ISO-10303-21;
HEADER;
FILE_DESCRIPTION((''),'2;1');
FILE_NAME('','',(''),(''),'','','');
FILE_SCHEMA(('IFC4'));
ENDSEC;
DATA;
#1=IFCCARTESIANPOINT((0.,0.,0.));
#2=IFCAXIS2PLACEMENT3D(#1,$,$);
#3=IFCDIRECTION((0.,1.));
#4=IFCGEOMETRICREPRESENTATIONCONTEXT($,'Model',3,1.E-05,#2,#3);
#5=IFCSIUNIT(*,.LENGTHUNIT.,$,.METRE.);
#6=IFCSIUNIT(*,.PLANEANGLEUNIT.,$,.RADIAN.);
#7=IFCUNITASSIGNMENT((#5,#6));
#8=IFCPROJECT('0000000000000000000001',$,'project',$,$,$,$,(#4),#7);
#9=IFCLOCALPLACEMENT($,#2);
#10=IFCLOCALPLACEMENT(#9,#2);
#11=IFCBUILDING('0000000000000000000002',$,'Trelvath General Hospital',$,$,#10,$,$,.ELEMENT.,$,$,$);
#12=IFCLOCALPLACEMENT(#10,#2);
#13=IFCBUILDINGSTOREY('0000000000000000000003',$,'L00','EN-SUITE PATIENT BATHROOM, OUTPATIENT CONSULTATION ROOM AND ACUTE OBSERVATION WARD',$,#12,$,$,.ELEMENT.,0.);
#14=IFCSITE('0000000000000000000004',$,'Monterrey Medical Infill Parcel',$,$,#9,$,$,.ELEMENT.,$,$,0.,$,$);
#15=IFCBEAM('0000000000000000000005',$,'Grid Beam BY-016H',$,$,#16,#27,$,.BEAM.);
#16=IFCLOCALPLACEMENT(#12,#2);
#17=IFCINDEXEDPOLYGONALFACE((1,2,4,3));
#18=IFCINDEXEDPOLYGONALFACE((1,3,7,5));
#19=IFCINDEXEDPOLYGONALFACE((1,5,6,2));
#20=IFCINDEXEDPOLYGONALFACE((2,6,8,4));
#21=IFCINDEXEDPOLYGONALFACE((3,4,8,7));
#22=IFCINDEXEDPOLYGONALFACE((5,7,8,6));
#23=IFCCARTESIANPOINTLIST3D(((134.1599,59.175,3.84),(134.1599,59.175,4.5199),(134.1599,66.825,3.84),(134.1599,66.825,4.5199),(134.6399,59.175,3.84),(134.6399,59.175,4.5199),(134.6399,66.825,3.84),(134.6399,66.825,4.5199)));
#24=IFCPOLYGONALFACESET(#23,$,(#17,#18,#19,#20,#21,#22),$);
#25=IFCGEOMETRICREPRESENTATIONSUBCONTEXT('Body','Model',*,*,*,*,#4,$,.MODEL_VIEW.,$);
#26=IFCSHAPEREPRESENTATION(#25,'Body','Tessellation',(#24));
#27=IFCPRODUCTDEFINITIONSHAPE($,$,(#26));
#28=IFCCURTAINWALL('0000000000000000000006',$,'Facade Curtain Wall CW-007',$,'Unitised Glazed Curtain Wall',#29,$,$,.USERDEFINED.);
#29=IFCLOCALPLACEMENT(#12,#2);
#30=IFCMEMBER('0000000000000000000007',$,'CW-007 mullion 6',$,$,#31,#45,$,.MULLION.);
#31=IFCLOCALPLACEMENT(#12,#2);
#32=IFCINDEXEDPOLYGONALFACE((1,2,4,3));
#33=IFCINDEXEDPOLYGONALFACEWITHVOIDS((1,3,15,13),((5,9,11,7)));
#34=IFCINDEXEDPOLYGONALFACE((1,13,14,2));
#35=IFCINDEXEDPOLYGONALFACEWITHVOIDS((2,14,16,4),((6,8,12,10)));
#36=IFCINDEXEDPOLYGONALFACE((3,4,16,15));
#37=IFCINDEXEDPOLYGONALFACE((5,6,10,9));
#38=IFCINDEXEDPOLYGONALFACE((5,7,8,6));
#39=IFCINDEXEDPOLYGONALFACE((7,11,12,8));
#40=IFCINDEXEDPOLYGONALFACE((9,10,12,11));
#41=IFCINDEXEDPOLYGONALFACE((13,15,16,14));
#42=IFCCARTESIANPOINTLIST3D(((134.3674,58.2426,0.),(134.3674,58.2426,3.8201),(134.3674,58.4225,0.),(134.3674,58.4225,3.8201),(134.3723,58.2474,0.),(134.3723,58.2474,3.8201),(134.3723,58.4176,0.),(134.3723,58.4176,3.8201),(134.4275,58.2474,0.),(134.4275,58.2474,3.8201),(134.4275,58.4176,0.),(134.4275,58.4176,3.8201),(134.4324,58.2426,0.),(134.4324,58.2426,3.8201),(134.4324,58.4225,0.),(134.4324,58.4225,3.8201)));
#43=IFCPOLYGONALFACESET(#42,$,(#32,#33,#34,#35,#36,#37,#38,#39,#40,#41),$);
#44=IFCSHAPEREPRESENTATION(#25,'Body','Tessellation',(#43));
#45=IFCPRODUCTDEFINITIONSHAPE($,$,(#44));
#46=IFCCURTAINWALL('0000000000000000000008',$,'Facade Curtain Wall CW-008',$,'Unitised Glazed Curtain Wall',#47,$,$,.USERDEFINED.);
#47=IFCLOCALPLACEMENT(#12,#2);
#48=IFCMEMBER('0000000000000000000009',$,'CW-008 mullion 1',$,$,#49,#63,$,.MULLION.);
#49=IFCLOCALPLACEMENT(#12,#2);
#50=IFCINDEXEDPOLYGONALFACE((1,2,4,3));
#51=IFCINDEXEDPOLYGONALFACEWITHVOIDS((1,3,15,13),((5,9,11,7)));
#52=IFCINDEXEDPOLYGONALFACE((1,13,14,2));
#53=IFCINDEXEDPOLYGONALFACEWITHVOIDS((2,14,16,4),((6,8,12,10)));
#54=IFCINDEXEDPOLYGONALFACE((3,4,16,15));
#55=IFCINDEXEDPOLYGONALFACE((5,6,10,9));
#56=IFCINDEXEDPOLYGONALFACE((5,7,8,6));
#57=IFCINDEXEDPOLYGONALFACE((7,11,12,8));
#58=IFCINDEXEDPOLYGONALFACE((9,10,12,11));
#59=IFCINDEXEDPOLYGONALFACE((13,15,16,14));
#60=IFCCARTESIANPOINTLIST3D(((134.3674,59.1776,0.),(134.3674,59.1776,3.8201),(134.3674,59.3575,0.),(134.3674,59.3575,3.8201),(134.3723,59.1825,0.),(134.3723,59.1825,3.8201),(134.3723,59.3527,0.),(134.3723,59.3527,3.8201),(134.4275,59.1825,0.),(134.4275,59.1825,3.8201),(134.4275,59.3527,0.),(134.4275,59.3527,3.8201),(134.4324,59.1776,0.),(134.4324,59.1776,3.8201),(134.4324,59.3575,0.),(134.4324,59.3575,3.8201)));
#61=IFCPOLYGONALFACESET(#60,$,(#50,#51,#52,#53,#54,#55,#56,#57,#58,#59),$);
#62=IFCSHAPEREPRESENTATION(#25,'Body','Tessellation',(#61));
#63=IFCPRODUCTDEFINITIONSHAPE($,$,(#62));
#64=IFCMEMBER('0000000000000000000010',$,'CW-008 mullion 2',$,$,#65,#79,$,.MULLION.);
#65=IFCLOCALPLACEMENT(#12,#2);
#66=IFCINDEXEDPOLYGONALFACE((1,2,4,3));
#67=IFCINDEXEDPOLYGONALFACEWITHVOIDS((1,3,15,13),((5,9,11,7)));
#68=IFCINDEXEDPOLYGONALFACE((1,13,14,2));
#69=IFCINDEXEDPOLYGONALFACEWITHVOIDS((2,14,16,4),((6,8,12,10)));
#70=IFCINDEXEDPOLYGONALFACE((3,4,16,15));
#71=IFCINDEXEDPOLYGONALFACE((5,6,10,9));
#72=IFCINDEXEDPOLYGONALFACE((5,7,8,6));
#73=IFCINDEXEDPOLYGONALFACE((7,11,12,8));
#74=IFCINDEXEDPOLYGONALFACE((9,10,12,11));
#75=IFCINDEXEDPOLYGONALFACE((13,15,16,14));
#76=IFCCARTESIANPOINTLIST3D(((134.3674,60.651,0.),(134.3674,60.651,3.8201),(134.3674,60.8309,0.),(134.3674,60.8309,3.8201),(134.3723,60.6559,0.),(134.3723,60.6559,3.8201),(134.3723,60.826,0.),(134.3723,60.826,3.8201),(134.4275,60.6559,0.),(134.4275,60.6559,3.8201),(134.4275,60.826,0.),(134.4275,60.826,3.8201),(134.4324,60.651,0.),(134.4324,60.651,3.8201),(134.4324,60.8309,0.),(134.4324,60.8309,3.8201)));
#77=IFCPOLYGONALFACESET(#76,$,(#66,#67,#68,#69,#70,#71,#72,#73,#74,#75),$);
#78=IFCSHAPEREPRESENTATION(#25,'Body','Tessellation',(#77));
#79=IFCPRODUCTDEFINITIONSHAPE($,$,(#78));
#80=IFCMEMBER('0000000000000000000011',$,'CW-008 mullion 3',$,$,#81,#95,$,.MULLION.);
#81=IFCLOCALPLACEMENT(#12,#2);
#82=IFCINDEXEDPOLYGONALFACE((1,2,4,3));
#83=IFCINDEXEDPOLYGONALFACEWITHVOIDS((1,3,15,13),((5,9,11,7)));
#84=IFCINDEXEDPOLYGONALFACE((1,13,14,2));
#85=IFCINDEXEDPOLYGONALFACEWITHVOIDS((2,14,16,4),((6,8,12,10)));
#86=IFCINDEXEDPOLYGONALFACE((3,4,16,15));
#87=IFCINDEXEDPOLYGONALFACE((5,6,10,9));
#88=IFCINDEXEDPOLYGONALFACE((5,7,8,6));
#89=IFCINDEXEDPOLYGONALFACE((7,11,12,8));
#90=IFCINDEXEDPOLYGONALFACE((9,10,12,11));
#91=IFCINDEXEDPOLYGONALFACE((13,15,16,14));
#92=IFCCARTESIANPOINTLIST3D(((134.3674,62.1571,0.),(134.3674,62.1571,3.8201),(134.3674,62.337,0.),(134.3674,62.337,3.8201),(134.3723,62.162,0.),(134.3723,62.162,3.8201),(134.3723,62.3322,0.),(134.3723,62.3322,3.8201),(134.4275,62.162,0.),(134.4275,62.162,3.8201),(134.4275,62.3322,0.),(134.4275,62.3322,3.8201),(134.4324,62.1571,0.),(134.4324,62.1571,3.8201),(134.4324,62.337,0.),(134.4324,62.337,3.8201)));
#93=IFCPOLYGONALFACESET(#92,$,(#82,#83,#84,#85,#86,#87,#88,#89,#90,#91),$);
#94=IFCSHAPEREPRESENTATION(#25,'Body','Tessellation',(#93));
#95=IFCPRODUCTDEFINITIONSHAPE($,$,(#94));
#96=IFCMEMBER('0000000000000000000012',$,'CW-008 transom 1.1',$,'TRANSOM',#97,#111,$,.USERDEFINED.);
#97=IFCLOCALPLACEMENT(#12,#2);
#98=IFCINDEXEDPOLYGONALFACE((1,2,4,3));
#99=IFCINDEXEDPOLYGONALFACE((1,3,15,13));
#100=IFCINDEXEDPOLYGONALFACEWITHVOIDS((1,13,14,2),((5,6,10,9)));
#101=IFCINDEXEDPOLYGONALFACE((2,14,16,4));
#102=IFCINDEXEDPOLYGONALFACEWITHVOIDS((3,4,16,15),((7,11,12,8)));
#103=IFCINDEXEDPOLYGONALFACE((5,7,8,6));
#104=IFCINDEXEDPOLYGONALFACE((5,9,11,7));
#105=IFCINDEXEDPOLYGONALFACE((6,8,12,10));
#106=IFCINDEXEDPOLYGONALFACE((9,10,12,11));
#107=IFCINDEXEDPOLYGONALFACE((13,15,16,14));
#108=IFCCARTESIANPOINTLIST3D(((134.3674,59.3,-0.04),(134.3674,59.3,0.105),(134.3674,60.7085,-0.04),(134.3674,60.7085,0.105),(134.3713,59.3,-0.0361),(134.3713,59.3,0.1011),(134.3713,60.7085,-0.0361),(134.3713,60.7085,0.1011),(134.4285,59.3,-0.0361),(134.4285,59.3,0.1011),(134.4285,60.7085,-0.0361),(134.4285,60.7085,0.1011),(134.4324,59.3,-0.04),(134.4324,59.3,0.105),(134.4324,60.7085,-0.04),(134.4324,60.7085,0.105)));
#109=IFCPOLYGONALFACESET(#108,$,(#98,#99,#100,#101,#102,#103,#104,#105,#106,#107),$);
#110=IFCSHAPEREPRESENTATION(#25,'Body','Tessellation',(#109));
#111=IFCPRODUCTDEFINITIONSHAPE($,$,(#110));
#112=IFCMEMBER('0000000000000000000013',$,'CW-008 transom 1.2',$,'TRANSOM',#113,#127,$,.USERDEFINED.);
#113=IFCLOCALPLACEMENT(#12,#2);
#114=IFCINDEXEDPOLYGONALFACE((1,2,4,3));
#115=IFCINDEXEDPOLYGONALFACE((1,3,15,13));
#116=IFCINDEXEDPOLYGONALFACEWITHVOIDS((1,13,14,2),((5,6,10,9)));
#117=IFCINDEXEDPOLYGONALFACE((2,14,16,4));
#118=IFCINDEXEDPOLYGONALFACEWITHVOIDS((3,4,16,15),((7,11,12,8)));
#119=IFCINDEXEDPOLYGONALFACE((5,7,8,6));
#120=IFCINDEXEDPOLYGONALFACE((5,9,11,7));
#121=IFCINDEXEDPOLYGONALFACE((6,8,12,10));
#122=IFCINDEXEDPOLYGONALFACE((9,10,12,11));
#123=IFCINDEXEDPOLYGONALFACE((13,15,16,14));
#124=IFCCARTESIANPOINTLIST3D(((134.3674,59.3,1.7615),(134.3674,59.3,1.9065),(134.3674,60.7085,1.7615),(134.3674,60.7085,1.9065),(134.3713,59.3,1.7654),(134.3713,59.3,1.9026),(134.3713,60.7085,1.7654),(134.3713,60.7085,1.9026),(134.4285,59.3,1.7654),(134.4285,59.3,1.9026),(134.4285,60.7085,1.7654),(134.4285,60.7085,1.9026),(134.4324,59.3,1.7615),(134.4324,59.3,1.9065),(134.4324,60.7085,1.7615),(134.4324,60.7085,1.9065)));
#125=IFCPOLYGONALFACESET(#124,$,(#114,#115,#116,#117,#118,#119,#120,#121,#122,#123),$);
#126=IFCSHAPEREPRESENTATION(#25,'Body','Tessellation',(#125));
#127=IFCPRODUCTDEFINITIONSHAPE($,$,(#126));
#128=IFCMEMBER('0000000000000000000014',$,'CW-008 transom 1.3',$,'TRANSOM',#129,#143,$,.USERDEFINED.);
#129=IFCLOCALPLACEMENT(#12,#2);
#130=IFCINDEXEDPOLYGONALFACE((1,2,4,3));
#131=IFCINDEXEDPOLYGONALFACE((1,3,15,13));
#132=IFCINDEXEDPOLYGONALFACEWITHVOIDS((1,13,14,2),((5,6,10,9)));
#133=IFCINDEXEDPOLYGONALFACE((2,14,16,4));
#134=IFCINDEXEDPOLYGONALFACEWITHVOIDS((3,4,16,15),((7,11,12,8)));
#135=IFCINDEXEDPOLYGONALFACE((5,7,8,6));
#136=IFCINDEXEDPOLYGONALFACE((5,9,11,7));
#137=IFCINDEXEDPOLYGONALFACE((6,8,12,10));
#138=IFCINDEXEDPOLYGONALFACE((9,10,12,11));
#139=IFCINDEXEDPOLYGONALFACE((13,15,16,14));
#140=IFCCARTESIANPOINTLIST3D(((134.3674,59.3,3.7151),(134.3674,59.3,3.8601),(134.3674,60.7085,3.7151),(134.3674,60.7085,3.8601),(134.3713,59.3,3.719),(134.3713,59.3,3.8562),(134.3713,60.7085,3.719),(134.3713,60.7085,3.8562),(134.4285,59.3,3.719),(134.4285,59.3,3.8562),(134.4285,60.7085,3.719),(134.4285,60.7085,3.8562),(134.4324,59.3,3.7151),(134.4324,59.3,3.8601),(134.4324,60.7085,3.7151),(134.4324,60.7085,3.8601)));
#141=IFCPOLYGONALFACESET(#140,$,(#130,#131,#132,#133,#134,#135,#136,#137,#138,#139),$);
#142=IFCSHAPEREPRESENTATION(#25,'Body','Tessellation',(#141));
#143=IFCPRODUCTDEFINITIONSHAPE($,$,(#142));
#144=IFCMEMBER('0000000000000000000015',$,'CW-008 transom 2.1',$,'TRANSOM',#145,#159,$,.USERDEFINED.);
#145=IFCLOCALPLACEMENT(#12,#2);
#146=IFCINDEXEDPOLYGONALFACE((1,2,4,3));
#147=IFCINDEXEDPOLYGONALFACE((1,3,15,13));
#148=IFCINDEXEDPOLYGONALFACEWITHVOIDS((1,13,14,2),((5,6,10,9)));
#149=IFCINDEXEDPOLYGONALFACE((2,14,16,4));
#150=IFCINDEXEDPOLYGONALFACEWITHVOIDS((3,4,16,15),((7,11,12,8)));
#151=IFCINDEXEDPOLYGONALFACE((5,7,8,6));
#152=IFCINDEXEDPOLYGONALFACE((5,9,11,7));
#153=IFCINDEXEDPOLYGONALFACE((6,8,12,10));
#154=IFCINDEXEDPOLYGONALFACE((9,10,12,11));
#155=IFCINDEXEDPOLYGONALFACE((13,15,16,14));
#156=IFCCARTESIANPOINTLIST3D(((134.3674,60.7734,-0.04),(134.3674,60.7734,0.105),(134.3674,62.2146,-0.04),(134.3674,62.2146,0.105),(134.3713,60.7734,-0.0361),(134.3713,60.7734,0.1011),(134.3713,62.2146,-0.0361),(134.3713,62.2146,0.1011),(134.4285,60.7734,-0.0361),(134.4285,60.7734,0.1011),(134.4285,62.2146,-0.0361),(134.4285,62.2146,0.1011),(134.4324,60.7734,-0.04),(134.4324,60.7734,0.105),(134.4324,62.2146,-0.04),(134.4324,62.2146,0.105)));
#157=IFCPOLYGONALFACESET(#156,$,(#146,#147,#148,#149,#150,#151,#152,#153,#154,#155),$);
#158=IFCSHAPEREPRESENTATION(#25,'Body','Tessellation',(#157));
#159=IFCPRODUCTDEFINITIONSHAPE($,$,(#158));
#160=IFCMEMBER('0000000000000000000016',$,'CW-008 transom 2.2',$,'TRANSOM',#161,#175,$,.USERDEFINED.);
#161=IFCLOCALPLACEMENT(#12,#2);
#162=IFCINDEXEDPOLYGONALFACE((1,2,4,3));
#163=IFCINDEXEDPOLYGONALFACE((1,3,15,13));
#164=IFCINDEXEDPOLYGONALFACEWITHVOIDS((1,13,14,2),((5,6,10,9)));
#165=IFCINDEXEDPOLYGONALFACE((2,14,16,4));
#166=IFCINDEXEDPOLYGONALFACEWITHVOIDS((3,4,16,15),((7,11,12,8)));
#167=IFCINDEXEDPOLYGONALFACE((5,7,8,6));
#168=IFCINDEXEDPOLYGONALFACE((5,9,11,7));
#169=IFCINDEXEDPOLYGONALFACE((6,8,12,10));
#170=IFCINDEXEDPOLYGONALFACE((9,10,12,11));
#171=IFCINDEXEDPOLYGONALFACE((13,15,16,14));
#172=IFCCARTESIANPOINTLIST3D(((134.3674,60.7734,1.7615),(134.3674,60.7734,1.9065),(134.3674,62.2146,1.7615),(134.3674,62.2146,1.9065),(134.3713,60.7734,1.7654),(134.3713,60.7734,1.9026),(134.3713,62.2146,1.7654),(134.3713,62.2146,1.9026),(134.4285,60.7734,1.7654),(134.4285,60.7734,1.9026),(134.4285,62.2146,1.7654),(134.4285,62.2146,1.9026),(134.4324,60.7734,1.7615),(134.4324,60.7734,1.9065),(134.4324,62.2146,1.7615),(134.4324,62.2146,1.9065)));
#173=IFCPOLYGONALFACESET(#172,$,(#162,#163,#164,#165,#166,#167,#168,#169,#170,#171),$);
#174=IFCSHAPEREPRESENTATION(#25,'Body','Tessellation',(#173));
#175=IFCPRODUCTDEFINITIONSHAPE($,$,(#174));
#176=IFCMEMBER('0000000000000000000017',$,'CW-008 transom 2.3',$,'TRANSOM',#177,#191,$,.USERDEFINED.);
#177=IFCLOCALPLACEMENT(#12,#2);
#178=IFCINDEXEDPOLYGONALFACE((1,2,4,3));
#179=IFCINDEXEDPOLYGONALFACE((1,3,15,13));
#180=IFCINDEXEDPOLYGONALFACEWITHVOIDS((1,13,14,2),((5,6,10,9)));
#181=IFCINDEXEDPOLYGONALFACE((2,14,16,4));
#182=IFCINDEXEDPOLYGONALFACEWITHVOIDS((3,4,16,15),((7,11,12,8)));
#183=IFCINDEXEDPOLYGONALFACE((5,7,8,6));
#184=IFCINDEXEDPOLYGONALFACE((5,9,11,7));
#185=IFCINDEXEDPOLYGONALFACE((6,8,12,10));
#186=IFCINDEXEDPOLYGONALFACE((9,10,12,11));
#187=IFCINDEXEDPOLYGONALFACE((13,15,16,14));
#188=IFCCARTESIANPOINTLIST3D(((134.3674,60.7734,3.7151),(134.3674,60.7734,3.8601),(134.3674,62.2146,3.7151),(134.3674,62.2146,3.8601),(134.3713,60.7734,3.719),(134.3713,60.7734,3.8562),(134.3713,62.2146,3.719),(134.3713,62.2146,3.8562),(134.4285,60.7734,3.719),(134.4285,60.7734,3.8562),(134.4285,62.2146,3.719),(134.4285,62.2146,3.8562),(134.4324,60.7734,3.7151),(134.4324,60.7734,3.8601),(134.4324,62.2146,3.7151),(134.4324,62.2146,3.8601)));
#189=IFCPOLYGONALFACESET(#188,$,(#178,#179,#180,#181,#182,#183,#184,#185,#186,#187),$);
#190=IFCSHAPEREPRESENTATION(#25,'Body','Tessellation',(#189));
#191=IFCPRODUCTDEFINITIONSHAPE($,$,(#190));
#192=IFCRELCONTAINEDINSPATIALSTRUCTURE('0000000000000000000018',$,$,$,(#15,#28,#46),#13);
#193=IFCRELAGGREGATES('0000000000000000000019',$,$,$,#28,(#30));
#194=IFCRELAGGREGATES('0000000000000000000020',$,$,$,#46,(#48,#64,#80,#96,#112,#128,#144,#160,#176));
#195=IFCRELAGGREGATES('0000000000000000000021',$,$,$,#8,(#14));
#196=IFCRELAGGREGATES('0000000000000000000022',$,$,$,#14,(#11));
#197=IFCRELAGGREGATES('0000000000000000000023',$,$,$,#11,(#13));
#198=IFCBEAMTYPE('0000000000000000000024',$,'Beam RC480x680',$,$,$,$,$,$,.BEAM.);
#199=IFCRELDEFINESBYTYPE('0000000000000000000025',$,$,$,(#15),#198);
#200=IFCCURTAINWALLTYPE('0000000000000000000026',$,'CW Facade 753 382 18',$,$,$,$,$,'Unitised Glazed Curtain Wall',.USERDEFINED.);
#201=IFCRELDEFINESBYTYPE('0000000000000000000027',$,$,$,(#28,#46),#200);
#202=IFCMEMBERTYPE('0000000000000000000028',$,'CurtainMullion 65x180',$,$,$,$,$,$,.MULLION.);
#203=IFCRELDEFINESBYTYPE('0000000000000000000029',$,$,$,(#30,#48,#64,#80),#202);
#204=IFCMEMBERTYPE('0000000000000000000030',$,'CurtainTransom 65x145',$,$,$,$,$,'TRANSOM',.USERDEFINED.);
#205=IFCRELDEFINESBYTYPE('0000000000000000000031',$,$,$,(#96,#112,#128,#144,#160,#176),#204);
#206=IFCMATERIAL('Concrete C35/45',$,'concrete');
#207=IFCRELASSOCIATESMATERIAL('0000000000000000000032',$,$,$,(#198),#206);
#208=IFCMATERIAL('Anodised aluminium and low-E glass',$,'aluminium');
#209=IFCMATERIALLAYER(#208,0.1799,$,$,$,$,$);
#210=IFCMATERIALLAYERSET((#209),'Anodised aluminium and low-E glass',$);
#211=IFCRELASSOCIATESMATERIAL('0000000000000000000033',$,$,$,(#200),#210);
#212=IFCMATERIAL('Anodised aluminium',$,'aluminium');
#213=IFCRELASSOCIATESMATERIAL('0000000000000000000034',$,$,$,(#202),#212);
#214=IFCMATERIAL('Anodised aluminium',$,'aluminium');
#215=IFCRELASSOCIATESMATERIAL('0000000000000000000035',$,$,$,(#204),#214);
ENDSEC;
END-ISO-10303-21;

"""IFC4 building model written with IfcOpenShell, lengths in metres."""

from ifc_helpers import new_model, si_unit, direction, frame, origin, origin_2d, place, context, subcontext, project, spatial, rectangle, hollow_rectangle, extrude, material, layer, layer_set, material_profile, profile_set, type_object, element, aggregate, save


model = new_model("IFC4")

# Units and contexts
model_context = context("Model", 3, precision=1e-05, world=origin(), true_north=direction((0.0, 1.0)))
body_context = subcontext(model_context, "Body", "Model", "MODEL_VIEW")
ifc_project = project(units=[si_unit("LENGTHUNIT", "METRE"), si_unit("PLANEANGLEUNIT", "RADIAN")], contexts=[model_context])

# Site, building, storey
site_placement = place(None, origin())
site = spatial("IfcSite", under=ifc_project, at=site_placement, Name="Monterrey Medical Infill Parcel", CompositionType="ELEMENT", RefElevation=0.0)
building_placement = place(site_placement, origin())
building = spatial("IfcBuilding", under=site, at=building_placement, Name="Trelvath General Hospital", CompositionType="ELEMENT")
storey_placement = place(building_placement, origin())
storey = spatial("IfcBuildingStorey", under=building, at=storey_placement, Name="L00", Description="EN-SUITE PATIENT BATHROOM, OUTPATIENT CONSULTATION ROOM AND ACUTE OBSERVATION WARD", CompositionType="ELEMENT", Elevation=0.0)

# Beam
ifc_material_1 = material(Name="Concrete C35/45", Category="concrete")
ifc_material_profile_1 = material_profile(ifc_material_1, rectangle(XDim=0.48, YDim=0.6799, at=origin_2d()), Name="RCB480x680")
ifc_profile_set_1 = profile_set([ifc_material_profile_1], Name="Concrete C35/45")
beam_type_1 = type_object("IfcBeamType", Name="Beam RC480x680", PredefinedType="BEAM", material=ifc_profile_set_1)
beam_1_placement = place(storey_placement, frame((134.3999, 59.175, 4.1799), z_axis=(0.0, 1.0, 0.0), x_axis=(-1.0, 0.0, 0.0)))
element("IfcBeam", 1, at=beam_1_placement, inside=storey, type_object=beam_type_1, Name="Grid Beam BY-016H", PredefinedType="BEAM", context=body_context, shape_type="SweptSolid", body=[
    extrude(rectangle(XDim=0.48, YDim=0.6799, at=origin_2d()), origin(), (0.0, 0.0, 1.0), 7.6499),
])

# Curtain wall, member
ifc_material_2 = material(Name="Anodised aluminium and low-E glass", Category="aluminium")
ifc_layer_1 = layer(ifc_material_2, 0.1799)
ifc_layer_set_1 = layer_set([ifc_layer_1], Name="Anodised aluminium and low-E glass")
curtain_wall_type = type_object("IfcCurtainWallType", Name="CW Facade 753 382 18", ElementType="Unitised Glazed Curtain Wall", PredefinedType="USERDEFINED", material=ifc_layer_set_1)
curtain_wall_1_placement = place(storey_placement, origin())
curtain_wall_1 = element("IfcCurtainWall", 2, at=curtain_wall_1_placement, inside=storey, type_object=curtain_wall_type, Name="Facade Curtain Wall CW-007", ObjectType="Unitised Glazed Curtain Wall", PredefinedType="USERDEFINED")
ifc_material_3 = material(Name="Anodised aluminium", Category="aluminium")
ifc_material_profile_2 = material_profile(ifc_material_3, hollow_rectangle(XDim=0.0649, YDim=0.1799, WallThickness=0.0049, at=origin_2d()), Name="RHS65x180x5")
ifc_profile_set_2 = profile_set([ifc_material_profile_2], Name="Anodised aluminium")
member_type_1 = type_object("IfcMemberType", Name="CurtainMullion 65x180", PredefinedType="MULLION", material=ifc_profile_set_2)
member_1_placement = place(storey_placement, frame((134.3999, 58.3325, 0.0), z_axis=(0.0, 0.0, 1.0), x_axis=(-1.0, 0.0, 0.0)))
member_1 = element("IfcMember", 3, at=member_1_placement, type_object=member_type_1, Name="CW-007 mullion 6", PredefinedType="MULLION", context=body_context, shape_type="SweptSolid", body=[
    extrude(hollow_rectangle(XDim=0.0649, YDim=0.1799, WallThickness=0.0049, at=origin_2d()), origin(), (0.0, 0.0, 1.0), 3.8201),
])
aggregate(curtain_wall_1, [member_1])

# Curtain wall, members
curtain_wall_2_placement = place(storey_placement, origin())
curtain_wall_2 = element("IfcCurtainWall", 4, at=curtain_wall_2_placement, inside=storey, type_object=curtain_wall_type, Name="Facade Curtain Wall CW-008", ObjectType="Unitised Glazed Curtain Wall", PredefinedType="USERDEFINED")
member_2_placement = place(storey_placement, frame((134.3999, 59.2676, 0.0), z_axis=(0.0, 0.0, 1.0), x_axis=(-1.0, 0.0, 0.0)))
member_2 = element("IfcMember", 5, at=member_2_placement, type_object=member_type_1, Name="CW-008 mullion 1", PredefinedType="MULLION", context=body_context, shape_type="SweptSolid", body=[
    extrude(hollow_rectangle(XDim=0.0649, YDim=0.1799, WallThickness=0.0049, at=origin_2d()), origin(), (0.0, 0.0, 1.0), 3.8201),
])
member_3_placement = place(storey_placement, frame((134.3999, 60.741, 0.0), z_axis=(0.0, 0.0, 1.0), x_axis=(-1.0, 0.0, 0.0)))
member_3 = element("IfcMember", 6, at=member_3_placement, type_object=member_type_1, Name="CW-008 mullion 2", PredefinedType="MULLION", context=body_context, shape_type="SweptSolid", body=[
    extrude(hollow_rectangle(XDim=0.0649, YDim=0.1799, WallThickness=0.0049, at=origin_2d()), origin(), (0.0, 0.0, 1.0), 3.8201),
])
member_4_placement = place(storey_placement, frame((134.3999, 62.2471, 0.0), z_axis=(0.0, 0.0, 1.0), x_axis=(-1.0, 0.0, 0.0)))
member_4 = element("IfcMember", 7, at=member_4_placement, type_object=member_type_1, Name="CW-008 mullion 3", PredefinedType="MULLION", context=body_context, shape_type="SweptSolid", body=[
    extrude(hollow_rectangle(XDim=0.0649, YDim=0.1799, WallThickness=0.0049, at=origin_2d()), origin(), (0.0, 0.0, 1.0), 3.8201),
])
ifc_material_4 = material(Name="Anodised aluminium", Category="aluminium")
ifc_material_profile_3 = material_profile(ifc_material_4, hollow_rectangle(XDim=0.0649, YDim=0.145, WallThickness=0.0039, at=origin_2d()), Name="RHS65x145x4")
ifc_profile_set_3 = profile_set([ifc_material_profile_3], Name="Anodised aluminium")
member_type_2 = type_object("IfcMemberType", Name="CurtainTransom 65x145", ElementType="TRANSOM", PredefinedType="USERDEFINED", material=ifc_profile_set_3)
member_5_placement = place(storey_placement, frame((134.3999, 59.3, 0.0325), z_axis=(0.0, 1.0, 0.0), x_axis=(-1.0, 0.0, 0.0)))
member_5 = element("IfcMember", 8, at=member_5_placement, type_object=member_type_2, Name="CW-008 transom 1.1", ObjectType="TRANSOM", PredefinedType="USERDEFINED", context=body_context, shape_type="SweptSolid", body=[
    extrude(hollow_rectangle(XDim=0.0649, YDim=0.145, WallThickness=0.0039, at=origin_2d()), origin(), (0.0, 0.0, 1.0), 1.4084),
])
member_6_placement = place(storey_placement, frame((134.3999, 59.3, 1.834), z_axis=(0.0, 1.0, 0.0), x_axis=(-1.0, 0.0, 0.0)))
member_6 = element("IfcMember", 9, at=member_6_placement, type_object=member_type_2, Name="CW-008 transom 1.2", ObjectType="TRANSOM", PredefinedType="USERDEFINED", context=body_context, shape_type="SweptSolid", body=[
    extrude(hollow_rectangle(XDim=0.0649, YDim=0.145, WallThickness=0.0039, at=origin_2d()), origin(), (0.0, 0.0, 1.0), 1.4084),
])
member_7_placement = place(storey_placement, frame((134.3999, 59.3, 3.7876), z_axis=(0.0, 1.0, 0.0), x_axis=(-1.0, 0.0, 0.0)))
member_7 = element("IfcMember", 10, at=member_7_placement, type_object=member_type_2, Name="CW-008 transom 1.3", ObjectType="TRANSOM", PredefinedType="USERDEFINED", context=body_context, shape_type="SweptSolid", body=[
    extrude(hollow_rectangle(XDim=0.0649, YDim=0.145, WallThickness=0.0039, at=origin_2d()), origin(), (0.0, 0.0, 1.0), 1.4084),
])
member_8_placement = place(storey_placement, frame((134.3999, 60.7734, 0.0325), z_axis=(0.0, 1.0, 0.0), x_axis=(-1.0, 0.0, 0.0)))
member_8 = element("IfcMember", 11, at=member_8_placement, type_object=member_type_2, Name="CW-008 transom 2.1", ObjectType="TRANSOM", PredefinedType="USERDEFINED", context=body_context, shape_type="SweptSolid", body=[
    extrude(hollow_rectangle(XDim=0.0649, YDim=0.145, WallThickness=0.0039, at=origin_2d()), origin(), (0.0, 0.0, 1.0), 1.4412),
])
member_9_placement = place(storey_placement, frame((134.3999, 60.7734, 1.834), z_axis=(0.0, 1.0, 0.0), x_axis=(-1.0, 0.0, 0.0)))
member_9 = element("IfcMember", 12, at=member_9_placement, type_object=member_type_2, Name="CW-008 transom 2.2", ObjectType="TRANSOM", PredefinedType="USERDEFINED", context=body_context, shape_type="SweptSolid", body=[
    extrude(hollow_rectangle(XDim=0.0649, YDim=0.145, WallThickness=0.0039, at=origin_2d()), origin(), (0.0, 0.0, 1.0), 1.4412),
])
member_10_placement = place(storey_placement, frame((134.3999, 60.7734, 3.7876), z_axis=(0.0, 1.0, 0.0), x_axis=(-1.0, 0.0, 0.0)))
member_10 = element("IfcMember", 13, at=member_10_placement, type_object=member_type_2, Name="CW-008 transom 2.3", ObjectType="TRANSOM", PredefinedType="USERDEFINED", context=body_context, shape_type="SweptSolid", body=[
    extrude(hollow_rectangle(XDim=0.0649, YDim=0.145, WallThickness=0.0039, at=origin_2d()), origin(), (0.0, 0.0, 1.0), 1.4412),
])
aggregate(curtain_wall_2, [member_2, member_3, member_4, member_5, member_6, member_7, member_8, member_9, member_10])

save(model, "model.ifc")
